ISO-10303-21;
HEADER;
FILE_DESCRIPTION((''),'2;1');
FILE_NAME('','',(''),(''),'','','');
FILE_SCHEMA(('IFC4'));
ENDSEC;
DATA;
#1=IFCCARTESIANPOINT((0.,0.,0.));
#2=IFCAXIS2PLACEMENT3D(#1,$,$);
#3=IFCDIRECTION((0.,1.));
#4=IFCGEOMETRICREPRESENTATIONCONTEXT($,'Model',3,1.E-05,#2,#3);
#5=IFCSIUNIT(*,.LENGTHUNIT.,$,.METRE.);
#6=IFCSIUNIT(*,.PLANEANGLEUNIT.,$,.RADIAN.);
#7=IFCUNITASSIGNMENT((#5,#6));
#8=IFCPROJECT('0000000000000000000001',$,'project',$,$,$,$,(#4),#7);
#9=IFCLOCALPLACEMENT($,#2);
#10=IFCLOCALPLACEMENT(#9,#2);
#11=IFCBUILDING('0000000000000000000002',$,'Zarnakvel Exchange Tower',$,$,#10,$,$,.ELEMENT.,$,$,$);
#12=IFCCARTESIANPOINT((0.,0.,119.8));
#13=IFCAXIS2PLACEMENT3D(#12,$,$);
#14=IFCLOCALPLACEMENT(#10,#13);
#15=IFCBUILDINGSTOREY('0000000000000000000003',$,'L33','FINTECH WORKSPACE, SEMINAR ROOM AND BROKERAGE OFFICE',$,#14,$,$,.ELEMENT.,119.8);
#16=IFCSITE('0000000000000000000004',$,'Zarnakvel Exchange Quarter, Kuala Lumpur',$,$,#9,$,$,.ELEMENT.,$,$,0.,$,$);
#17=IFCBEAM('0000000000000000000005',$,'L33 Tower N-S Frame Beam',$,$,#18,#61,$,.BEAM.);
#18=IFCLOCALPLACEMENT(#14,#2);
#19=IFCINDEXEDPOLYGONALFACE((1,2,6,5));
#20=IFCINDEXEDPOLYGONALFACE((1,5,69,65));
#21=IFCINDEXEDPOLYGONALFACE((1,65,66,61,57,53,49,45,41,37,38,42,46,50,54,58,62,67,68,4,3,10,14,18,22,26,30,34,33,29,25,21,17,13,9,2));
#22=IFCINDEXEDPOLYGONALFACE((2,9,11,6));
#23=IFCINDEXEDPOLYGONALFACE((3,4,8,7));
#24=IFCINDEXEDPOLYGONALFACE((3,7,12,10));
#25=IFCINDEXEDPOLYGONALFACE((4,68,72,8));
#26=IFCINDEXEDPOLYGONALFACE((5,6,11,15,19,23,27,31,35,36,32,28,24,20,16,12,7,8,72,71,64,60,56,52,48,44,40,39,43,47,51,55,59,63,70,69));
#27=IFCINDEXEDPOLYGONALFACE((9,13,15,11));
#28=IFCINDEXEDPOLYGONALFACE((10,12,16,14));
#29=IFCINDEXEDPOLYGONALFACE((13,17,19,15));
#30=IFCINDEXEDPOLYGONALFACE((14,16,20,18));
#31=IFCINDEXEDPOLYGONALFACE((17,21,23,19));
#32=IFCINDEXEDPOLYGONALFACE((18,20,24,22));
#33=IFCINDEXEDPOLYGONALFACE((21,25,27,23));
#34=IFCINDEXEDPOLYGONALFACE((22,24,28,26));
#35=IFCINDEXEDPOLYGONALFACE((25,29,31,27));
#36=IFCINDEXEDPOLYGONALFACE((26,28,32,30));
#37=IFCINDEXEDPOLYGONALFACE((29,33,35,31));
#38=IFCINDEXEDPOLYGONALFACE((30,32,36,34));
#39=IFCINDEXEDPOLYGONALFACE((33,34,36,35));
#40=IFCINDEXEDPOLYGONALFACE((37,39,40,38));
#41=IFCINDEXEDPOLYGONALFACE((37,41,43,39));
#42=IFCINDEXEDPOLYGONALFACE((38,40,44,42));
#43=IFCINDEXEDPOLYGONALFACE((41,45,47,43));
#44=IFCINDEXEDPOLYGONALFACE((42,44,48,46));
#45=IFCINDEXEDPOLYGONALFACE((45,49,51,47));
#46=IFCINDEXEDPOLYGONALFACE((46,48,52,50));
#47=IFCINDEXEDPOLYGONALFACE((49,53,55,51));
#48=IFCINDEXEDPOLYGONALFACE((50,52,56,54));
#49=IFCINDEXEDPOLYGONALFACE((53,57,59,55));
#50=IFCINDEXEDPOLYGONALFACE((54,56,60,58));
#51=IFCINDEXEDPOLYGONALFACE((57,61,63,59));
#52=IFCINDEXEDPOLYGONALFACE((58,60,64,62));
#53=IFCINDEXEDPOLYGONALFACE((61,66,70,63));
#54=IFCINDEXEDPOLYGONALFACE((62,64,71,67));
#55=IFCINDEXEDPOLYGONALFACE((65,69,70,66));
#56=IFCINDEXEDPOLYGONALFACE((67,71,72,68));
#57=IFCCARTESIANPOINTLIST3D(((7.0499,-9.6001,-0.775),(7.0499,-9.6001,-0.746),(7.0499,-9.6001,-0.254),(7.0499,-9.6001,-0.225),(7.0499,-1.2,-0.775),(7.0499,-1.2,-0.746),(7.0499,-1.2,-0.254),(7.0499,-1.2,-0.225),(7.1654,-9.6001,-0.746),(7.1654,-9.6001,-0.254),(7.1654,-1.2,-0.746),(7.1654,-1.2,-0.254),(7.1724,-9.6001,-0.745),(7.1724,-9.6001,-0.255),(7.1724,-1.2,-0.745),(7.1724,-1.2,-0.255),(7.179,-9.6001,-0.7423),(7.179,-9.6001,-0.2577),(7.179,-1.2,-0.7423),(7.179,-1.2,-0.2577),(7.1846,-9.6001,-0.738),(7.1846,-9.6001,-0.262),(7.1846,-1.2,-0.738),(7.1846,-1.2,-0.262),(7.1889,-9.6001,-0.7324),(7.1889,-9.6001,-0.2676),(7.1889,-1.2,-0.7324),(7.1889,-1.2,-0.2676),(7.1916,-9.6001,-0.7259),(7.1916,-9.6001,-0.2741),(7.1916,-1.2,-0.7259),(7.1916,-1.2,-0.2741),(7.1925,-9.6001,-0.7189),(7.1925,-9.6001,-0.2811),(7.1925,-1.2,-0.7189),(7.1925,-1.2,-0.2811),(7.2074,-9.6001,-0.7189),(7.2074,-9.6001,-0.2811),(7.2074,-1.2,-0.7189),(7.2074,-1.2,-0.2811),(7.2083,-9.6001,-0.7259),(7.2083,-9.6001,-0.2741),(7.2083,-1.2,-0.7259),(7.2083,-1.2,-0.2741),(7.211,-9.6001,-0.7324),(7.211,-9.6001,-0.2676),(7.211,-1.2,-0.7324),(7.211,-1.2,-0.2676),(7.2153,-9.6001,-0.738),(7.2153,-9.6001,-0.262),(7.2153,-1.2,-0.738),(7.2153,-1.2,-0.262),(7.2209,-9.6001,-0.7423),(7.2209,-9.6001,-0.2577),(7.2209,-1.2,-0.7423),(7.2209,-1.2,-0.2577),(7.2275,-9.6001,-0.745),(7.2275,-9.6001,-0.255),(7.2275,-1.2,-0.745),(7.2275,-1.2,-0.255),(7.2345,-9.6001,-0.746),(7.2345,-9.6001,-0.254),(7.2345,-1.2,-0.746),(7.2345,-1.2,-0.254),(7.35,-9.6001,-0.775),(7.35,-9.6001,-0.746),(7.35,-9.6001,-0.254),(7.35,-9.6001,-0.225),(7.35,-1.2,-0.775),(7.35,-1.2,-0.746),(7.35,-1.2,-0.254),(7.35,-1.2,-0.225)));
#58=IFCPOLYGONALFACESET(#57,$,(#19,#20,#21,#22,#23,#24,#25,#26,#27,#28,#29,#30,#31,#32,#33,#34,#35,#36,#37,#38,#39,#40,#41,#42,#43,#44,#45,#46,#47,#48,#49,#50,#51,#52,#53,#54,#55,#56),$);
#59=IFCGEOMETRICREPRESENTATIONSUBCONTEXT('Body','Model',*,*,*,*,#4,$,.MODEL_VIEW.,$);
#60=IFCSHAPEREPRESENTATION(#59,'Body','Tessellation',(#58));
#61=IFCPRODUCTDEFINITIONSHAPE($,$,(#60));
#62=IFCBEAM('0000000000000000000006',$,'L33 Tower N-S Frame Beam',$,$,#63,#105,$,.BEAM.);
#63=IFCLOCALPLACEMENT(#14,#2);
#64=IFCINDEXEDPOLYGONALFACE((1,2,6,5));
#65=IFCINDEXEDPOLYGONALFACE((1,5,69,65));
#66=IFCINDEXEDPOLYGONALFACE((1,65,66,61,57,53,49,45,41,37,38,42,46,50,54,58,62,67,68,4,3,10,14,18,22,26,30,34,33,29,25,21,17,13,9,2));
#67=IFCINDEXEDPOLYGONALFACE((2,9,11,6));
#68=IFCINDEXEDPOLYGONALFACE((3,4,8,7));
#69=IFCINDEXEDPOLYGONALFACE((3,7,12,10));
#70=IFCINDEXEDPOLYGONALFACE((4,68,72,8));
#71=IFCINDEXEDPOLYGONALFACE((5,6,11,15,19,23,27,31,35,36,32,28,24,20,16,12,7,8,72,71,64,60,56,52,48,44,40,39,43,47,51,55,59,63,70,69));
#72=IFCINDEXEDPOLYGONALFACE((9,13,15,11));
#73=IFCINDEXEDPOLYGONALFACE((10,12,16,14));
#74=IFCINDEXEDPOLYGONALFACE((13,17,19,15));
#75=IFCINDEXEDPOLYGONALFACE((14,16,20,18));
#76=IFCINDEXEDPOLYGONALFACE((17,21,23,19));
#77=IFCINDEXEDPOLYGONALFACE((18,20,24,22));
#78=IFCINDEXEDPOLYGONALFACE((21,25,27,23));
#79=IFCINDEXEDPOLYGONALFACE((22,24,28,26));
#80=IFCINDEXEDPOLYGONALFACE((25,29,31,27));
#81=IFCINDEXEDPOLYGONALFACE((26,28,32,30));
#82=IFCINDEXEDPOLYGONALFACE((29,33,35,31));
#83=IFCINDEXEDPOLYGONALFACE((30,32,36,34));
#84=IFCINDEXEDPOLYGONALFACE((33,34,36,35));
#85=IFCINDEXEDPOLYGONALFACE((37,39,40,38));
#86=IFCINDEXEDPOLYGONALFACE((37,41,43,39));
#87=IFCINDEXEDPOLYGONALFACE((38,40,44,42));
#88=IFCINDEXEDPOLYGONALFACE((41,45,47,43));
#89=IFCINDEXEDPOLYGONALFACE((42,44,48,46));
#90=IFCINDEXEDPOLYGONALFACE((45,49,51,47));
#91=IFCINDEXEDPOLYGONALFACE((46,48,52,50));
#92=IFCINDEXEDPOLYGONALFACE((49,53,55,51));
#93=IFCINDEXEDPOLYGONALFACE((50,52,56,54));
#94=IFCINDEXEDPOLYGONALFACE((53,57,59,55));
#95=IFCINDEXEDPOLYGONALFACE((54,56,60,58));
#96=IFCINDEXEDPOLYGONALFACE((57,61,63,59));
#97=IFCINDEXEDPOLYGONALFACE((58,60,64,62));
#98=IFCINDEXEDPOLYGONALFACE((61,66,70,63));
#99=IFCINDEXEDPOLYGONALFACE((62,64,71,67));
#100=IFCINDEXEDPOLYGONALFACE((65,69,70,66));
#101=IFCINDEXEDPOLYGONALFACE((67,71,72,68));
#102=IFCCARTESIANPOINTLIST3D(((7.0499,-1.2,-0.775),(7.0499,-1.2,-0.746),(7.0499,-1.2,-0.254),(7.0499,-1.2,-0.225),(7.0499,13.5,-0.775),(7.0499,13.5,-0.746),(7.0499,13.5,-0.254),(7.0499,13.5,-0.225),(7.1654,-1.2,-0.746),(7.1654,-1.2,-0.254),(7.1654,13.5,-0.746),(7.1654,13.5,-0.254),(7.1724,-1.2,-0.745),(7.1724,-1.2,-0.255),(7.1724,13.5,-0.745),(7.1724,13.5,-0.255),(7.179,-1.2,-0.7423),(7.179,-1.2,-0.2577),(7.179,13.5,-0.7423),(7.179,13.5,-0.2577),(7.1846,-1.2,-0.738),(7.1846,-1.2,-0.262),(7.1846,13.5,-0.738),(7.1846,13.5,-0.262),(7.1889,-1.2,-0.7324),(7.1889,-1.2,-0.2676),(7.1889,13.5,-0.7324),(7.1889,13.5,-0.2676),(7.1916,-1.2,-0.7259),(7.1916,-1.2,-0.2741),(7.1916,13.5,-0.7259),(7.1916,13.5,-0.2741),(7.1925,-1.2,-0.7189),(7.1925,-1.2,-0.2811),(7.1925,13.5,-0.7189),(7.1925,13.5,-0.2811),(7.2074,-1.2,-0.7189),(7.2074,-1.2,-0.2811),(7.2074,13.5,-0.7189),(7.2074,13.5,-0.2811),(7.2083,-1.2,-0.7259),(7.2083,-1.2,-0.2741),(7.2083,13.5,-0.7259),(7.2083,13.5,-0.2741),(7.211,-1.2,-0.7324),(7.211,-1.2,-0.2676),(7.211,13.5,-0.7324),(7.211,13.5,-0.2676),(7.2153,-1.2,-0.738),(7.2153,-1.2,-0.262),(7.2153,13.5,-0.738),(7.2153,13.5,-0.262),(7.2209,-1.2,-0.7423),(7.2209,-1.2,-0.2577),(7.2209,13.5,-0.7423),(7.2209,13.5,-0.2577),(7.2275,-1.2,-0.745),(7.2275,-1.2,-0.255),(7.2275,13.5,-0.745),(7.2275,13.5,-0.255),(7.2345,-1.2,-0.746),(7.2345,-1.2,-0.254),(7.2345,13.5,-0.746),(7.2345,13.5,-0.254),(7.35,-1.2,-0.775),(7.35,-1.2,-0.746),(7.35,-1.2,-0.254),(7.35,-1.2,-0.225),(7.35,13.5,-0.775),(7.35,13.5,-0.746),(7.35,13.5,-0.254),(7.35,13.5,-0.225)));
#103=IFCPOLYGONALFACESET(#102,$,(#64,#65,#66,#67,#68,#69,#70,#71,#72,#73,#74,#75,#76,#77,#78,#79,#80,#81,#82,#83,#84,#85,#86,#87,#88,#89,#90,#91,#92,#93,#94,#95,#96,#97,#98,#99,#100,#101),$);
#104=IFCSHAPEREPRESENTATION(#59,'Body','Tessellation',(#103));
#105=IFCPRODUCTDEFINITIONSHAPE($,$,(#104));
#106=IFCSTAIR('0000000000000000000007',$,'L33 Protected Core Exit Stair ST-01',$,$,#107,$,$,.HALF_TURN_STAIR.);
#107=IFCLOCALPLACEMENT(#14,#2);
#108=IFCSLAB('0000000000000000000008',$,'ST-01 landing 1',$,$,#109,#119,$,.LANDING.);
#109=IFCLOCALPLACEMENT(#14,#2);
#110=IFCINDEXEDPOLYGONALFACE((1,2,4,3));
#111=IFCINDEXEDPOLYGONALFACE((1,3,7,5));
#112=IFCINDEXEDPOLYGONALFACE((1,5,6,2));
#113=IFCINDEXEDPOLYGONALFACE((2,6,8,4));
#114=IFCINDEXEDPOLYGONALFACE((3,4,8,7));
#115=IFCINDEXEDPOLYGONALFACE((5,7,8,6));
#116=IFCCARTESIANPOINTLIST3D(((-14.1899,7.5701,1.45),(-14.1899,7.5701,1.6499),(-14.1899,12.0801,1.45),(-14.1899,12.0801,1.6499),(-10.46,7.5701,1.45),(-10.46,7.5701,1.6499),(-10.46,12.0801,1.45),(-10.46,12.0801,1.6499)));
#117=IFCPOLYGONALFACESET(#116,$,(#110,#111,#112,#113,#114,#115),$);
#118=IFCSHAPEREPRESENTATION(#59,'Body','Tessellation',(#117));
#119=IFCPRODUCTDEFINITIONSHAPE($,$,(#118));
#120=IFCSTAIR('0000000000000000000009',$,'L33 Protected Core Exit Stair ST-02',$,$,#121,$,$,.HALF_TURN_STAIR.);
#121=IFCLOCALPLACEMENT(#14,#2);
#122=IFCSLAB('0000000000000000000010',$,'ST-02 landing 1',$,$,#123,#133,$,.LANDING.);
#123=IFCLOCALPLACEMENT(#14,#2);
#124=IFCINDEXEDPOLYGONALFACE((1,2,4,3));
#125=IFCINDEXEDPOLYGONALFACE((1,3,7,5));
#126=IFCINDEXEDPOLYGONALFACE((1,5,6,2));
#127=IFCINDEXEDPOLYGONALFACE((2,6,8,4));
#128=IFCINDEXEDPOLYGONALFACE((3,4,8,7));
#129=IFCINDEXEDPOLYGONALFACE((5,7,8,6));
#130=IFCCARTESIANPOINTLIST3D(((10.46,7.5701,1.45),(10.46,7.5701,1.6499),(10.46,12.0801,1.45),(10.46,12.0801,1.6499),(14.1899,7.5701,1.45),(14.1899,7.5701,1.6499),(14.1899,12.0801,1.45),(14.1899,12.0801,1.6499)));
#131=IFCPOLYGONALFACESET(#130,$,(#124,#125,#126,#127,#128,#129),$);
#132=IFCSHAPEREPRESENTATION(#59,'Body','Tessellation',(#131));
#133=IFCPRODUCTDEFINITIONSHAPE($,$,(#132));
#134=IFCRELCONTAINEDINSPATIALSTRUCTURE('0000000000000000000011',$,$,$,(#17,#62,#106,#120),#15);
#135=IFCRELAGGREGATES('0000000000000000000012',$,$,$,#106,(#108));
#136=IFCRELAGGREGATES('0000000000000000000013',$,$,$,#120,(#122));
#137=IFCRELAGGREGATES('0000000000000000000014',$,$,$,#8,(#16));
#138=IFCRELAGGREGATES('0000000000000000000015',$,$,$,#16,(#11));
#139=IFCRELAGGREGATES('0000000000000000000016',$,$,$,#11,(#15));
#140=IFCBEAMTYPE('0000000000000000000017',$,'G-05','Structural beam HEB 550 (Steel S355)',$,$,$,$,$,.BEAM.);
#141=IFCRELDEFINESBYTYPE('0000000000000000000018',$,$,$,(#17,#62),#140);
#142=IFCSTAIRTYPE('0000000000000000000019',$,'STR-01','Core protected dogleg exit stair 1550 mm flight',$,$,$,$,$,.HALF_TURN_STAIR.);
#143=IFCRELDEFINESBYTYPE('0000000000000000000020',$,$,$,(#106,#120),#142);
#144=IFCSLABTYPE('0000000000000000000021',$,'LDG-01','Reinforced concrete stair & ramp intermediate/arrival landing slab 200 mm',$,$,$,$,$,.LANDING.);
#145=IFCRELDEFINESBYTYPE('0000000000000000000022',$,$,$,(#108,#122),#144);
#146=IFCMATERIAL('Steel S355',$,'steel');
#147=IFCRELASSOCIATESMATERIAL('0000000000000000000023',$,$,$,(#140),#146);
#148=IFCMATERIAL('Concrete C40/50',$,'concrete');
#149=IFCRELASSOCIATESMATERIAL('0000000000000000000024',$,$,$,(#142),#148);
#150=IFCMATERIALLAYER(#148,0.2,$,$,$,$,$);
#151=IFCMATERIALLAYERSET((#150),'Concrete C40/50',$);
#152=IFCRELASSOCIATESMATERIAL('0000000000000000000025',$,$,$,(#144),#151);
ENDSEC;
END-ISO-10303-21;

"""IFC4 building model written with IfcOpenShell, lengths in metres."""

from ifc_helpers import new_model, si_unit, direction, frame, origin, origin_2d, place, context, subcontext, project, spatial, polyline, i_section, outline, extrude, material, layer, layer_set, material_profile, profile_set, type_object, element, aggregate, save


model = new_model("IFC4")

# Units and contexts
model_context = context("Model", 3, precision=1e-05, world=origin(), true_north=direction((0.0, 1.0)))
body_context = subcontext(model_context, "Body", "Model", "MODEL_VIEW")
ifc_project = project(units=[si_unit("LENGTHUNIT", "METRE"), si_unit("PLANEANGLEUNIT", "RADIAN")], contexts=[model_context])

# Site, building, storey
site_placement = place(None, origin())
site = spatial("IfcSite", under=ifc_project, at=site_placement, Name="Zarnakvel Exchange Quarter, Kuala Lumpur", CompositionType="ELEMENT", RefElevation=0.0)
building_placement = place(site_placement, origin())
building = spatial("IfcBuilding", under=site, at=building_placement, Name="Zarnakvel Exchange Tower", CompositionType="ELEMENT")
storey_placement = place(building_placement, frame((0.0, 0.0, 119.8)))
storey = spatial("IfcBuildingStorey", under=building, at=storey_placement, Name="L33", Description="FINTECH WORKSPACE, SEMINAR ROOM AND BROKERAGE OFFICE", CompositionType="ELEMENT", Elevation=119.8)

# Beams
ifc_material_1 = material(Name="Steel S355", Category="steel")
ifc_material_profile_1 = material_profile(ifc_material_1, i_section(OverallWidth=0.3, OverallDepth=0.55, WebThickness=0.0149, FlangeThickness=0.0291, FilletRadius=0.0271, at=origin_2d()))
ifc_profile_set_1 = profile_set([ifc_material_profile_1], Name="Steel S355")
beam_type_1 = type_object("IfcBeamType", Name="G-05", Description="Structural beam HEB 550 (Steel S355)", PredefinedType="BEAM", material=ifc_profile_set_1)
beam_1_placement = place(storey_placement, frame((7.2, -9.6001, -0.5), z_axis=(0.0, 1.0, 0.0), x_axis=(-1.0, 0.0, 0.0)))
element("IfcBeam", 1, at=beam_1_placement, inside=storey, type_object=beam_type_1, Name="L33 Tower N-S Frame Beam", PredefinedType="BEAM", context=body_context, shape_type="SweptSolid", body=[
    extrude(i_section(OverallWidth=0.3, OverallDepth=0.55, WebThickness=0.0149, FlangeThickness=0.0291, FilletRadius=0.0271, at=origin_2d()), origin(), (0.0, 0.0, 1.0), 8.4001),
])
beam_2_placement = place(storey_placement, frame((7.2, -1.2, -0.5), z_axis=(0.0, 1.0, 0.0), x_axis=(-1.0, 0.0, 0.0)))
element("IfcBeam", 2, at=beam_2_placement, inside=storey, type_object=beam_type_1, Name="L33 Tower N-S Frame Beam", PredefinedType="BEAM", context=body_context, shape_type="SweptSolid", body=[
    extrude(i_section(OverallWidth=0.3, OverallDepth=0.55, WebThickness=0.0149, FlangeThickness=0.0291, FilletRadius=0.0271, at=origin_2d()), origin(), (0.0, 0.0, 1.0), 14.7),
])

# Stairs, slabs
ifc_material_2 = material(Name="Concrete C40/50", Category="concrete")
stair_type = type_object("IfcStairType", Name="STR-01", Description="Core protected dogleg exit stair 1550 mm flight", PredefinedType="HALF_TURN_STAIR", material=ifc_material_2)
stair_1_placement = place(storey_placement, origin())
stair_1 = element("IfcStair", 3, at=stair_1_placement, inside=storey, type_object=stair_type, Name="L33 Protected Core Exit Stair ST-01", PredefinedType="HALF_TURN_STAIR")
ifc_layer_1 = layer(ifc_material_2, 0.2)
ifc_layer_set_1 = layer_set([ifc_layer_1], Name="Concrete C40/50")
slab_type_1 = type_object("IfcSlabType", Name="LDG-01", Description="Reinforced concrete stair & ramp intermediate/arrival landing slab 200 mm", PredefinedType="LANDING", material=ifc_layer_set_1)
slab_1_placement = place(storey_placement, frame((0.0, 0.0, 1.45)))
slab_1 = element("IfcSlab", 4, at=slab_1_placement, type_object=slab_type_1, Name="ST-01 landing 1", PredefinedType="LANDING", context=body_context, shape_type="SweptSolid", body=[
    extrude(outline(polyline([(-14.1899, 7.5701), (-10.46, 7.5701), (-10.46, 12.0801), (-14.1899, 12.0801), (-14.1899, 7.5701)])), origin(), (0.0, 0.0, 1.0), 0.2),
])
aggregate(stair_1, [slab_1])
stair_2_placement = place(storey_placement, origin())
stair_2 = element("IfcStair", 5, at=stair_2_placement, inside=storey, type_object=stair_type, Name="L33 Protected Core Exit Stair ST-02", PredefinedType="HALF_TURN_STAIR")
slab_2_placement = place(storey_placement, frame((0.0, 0.0, 1.45)))
slab_2 = element("IfcSlab", 6, at=slab_2_placement, type_object=slab_type_1, Name="ST-02 landing 1", PredefinedType="LANDING", context=body_context, shape_type="SweptSolid", body=[
    extrude(outline(polyline([(10.46, 7.5701), (14.1899, 7.5701), (14.1899, 12.0801), (10.46, 12.0801), (10.46, 7.5701)])), origin(), (0.0, 0.0, 1.0), 0.2),
])
aggregate(stair_2, [slab_2])

save(model, "model.ifc")
